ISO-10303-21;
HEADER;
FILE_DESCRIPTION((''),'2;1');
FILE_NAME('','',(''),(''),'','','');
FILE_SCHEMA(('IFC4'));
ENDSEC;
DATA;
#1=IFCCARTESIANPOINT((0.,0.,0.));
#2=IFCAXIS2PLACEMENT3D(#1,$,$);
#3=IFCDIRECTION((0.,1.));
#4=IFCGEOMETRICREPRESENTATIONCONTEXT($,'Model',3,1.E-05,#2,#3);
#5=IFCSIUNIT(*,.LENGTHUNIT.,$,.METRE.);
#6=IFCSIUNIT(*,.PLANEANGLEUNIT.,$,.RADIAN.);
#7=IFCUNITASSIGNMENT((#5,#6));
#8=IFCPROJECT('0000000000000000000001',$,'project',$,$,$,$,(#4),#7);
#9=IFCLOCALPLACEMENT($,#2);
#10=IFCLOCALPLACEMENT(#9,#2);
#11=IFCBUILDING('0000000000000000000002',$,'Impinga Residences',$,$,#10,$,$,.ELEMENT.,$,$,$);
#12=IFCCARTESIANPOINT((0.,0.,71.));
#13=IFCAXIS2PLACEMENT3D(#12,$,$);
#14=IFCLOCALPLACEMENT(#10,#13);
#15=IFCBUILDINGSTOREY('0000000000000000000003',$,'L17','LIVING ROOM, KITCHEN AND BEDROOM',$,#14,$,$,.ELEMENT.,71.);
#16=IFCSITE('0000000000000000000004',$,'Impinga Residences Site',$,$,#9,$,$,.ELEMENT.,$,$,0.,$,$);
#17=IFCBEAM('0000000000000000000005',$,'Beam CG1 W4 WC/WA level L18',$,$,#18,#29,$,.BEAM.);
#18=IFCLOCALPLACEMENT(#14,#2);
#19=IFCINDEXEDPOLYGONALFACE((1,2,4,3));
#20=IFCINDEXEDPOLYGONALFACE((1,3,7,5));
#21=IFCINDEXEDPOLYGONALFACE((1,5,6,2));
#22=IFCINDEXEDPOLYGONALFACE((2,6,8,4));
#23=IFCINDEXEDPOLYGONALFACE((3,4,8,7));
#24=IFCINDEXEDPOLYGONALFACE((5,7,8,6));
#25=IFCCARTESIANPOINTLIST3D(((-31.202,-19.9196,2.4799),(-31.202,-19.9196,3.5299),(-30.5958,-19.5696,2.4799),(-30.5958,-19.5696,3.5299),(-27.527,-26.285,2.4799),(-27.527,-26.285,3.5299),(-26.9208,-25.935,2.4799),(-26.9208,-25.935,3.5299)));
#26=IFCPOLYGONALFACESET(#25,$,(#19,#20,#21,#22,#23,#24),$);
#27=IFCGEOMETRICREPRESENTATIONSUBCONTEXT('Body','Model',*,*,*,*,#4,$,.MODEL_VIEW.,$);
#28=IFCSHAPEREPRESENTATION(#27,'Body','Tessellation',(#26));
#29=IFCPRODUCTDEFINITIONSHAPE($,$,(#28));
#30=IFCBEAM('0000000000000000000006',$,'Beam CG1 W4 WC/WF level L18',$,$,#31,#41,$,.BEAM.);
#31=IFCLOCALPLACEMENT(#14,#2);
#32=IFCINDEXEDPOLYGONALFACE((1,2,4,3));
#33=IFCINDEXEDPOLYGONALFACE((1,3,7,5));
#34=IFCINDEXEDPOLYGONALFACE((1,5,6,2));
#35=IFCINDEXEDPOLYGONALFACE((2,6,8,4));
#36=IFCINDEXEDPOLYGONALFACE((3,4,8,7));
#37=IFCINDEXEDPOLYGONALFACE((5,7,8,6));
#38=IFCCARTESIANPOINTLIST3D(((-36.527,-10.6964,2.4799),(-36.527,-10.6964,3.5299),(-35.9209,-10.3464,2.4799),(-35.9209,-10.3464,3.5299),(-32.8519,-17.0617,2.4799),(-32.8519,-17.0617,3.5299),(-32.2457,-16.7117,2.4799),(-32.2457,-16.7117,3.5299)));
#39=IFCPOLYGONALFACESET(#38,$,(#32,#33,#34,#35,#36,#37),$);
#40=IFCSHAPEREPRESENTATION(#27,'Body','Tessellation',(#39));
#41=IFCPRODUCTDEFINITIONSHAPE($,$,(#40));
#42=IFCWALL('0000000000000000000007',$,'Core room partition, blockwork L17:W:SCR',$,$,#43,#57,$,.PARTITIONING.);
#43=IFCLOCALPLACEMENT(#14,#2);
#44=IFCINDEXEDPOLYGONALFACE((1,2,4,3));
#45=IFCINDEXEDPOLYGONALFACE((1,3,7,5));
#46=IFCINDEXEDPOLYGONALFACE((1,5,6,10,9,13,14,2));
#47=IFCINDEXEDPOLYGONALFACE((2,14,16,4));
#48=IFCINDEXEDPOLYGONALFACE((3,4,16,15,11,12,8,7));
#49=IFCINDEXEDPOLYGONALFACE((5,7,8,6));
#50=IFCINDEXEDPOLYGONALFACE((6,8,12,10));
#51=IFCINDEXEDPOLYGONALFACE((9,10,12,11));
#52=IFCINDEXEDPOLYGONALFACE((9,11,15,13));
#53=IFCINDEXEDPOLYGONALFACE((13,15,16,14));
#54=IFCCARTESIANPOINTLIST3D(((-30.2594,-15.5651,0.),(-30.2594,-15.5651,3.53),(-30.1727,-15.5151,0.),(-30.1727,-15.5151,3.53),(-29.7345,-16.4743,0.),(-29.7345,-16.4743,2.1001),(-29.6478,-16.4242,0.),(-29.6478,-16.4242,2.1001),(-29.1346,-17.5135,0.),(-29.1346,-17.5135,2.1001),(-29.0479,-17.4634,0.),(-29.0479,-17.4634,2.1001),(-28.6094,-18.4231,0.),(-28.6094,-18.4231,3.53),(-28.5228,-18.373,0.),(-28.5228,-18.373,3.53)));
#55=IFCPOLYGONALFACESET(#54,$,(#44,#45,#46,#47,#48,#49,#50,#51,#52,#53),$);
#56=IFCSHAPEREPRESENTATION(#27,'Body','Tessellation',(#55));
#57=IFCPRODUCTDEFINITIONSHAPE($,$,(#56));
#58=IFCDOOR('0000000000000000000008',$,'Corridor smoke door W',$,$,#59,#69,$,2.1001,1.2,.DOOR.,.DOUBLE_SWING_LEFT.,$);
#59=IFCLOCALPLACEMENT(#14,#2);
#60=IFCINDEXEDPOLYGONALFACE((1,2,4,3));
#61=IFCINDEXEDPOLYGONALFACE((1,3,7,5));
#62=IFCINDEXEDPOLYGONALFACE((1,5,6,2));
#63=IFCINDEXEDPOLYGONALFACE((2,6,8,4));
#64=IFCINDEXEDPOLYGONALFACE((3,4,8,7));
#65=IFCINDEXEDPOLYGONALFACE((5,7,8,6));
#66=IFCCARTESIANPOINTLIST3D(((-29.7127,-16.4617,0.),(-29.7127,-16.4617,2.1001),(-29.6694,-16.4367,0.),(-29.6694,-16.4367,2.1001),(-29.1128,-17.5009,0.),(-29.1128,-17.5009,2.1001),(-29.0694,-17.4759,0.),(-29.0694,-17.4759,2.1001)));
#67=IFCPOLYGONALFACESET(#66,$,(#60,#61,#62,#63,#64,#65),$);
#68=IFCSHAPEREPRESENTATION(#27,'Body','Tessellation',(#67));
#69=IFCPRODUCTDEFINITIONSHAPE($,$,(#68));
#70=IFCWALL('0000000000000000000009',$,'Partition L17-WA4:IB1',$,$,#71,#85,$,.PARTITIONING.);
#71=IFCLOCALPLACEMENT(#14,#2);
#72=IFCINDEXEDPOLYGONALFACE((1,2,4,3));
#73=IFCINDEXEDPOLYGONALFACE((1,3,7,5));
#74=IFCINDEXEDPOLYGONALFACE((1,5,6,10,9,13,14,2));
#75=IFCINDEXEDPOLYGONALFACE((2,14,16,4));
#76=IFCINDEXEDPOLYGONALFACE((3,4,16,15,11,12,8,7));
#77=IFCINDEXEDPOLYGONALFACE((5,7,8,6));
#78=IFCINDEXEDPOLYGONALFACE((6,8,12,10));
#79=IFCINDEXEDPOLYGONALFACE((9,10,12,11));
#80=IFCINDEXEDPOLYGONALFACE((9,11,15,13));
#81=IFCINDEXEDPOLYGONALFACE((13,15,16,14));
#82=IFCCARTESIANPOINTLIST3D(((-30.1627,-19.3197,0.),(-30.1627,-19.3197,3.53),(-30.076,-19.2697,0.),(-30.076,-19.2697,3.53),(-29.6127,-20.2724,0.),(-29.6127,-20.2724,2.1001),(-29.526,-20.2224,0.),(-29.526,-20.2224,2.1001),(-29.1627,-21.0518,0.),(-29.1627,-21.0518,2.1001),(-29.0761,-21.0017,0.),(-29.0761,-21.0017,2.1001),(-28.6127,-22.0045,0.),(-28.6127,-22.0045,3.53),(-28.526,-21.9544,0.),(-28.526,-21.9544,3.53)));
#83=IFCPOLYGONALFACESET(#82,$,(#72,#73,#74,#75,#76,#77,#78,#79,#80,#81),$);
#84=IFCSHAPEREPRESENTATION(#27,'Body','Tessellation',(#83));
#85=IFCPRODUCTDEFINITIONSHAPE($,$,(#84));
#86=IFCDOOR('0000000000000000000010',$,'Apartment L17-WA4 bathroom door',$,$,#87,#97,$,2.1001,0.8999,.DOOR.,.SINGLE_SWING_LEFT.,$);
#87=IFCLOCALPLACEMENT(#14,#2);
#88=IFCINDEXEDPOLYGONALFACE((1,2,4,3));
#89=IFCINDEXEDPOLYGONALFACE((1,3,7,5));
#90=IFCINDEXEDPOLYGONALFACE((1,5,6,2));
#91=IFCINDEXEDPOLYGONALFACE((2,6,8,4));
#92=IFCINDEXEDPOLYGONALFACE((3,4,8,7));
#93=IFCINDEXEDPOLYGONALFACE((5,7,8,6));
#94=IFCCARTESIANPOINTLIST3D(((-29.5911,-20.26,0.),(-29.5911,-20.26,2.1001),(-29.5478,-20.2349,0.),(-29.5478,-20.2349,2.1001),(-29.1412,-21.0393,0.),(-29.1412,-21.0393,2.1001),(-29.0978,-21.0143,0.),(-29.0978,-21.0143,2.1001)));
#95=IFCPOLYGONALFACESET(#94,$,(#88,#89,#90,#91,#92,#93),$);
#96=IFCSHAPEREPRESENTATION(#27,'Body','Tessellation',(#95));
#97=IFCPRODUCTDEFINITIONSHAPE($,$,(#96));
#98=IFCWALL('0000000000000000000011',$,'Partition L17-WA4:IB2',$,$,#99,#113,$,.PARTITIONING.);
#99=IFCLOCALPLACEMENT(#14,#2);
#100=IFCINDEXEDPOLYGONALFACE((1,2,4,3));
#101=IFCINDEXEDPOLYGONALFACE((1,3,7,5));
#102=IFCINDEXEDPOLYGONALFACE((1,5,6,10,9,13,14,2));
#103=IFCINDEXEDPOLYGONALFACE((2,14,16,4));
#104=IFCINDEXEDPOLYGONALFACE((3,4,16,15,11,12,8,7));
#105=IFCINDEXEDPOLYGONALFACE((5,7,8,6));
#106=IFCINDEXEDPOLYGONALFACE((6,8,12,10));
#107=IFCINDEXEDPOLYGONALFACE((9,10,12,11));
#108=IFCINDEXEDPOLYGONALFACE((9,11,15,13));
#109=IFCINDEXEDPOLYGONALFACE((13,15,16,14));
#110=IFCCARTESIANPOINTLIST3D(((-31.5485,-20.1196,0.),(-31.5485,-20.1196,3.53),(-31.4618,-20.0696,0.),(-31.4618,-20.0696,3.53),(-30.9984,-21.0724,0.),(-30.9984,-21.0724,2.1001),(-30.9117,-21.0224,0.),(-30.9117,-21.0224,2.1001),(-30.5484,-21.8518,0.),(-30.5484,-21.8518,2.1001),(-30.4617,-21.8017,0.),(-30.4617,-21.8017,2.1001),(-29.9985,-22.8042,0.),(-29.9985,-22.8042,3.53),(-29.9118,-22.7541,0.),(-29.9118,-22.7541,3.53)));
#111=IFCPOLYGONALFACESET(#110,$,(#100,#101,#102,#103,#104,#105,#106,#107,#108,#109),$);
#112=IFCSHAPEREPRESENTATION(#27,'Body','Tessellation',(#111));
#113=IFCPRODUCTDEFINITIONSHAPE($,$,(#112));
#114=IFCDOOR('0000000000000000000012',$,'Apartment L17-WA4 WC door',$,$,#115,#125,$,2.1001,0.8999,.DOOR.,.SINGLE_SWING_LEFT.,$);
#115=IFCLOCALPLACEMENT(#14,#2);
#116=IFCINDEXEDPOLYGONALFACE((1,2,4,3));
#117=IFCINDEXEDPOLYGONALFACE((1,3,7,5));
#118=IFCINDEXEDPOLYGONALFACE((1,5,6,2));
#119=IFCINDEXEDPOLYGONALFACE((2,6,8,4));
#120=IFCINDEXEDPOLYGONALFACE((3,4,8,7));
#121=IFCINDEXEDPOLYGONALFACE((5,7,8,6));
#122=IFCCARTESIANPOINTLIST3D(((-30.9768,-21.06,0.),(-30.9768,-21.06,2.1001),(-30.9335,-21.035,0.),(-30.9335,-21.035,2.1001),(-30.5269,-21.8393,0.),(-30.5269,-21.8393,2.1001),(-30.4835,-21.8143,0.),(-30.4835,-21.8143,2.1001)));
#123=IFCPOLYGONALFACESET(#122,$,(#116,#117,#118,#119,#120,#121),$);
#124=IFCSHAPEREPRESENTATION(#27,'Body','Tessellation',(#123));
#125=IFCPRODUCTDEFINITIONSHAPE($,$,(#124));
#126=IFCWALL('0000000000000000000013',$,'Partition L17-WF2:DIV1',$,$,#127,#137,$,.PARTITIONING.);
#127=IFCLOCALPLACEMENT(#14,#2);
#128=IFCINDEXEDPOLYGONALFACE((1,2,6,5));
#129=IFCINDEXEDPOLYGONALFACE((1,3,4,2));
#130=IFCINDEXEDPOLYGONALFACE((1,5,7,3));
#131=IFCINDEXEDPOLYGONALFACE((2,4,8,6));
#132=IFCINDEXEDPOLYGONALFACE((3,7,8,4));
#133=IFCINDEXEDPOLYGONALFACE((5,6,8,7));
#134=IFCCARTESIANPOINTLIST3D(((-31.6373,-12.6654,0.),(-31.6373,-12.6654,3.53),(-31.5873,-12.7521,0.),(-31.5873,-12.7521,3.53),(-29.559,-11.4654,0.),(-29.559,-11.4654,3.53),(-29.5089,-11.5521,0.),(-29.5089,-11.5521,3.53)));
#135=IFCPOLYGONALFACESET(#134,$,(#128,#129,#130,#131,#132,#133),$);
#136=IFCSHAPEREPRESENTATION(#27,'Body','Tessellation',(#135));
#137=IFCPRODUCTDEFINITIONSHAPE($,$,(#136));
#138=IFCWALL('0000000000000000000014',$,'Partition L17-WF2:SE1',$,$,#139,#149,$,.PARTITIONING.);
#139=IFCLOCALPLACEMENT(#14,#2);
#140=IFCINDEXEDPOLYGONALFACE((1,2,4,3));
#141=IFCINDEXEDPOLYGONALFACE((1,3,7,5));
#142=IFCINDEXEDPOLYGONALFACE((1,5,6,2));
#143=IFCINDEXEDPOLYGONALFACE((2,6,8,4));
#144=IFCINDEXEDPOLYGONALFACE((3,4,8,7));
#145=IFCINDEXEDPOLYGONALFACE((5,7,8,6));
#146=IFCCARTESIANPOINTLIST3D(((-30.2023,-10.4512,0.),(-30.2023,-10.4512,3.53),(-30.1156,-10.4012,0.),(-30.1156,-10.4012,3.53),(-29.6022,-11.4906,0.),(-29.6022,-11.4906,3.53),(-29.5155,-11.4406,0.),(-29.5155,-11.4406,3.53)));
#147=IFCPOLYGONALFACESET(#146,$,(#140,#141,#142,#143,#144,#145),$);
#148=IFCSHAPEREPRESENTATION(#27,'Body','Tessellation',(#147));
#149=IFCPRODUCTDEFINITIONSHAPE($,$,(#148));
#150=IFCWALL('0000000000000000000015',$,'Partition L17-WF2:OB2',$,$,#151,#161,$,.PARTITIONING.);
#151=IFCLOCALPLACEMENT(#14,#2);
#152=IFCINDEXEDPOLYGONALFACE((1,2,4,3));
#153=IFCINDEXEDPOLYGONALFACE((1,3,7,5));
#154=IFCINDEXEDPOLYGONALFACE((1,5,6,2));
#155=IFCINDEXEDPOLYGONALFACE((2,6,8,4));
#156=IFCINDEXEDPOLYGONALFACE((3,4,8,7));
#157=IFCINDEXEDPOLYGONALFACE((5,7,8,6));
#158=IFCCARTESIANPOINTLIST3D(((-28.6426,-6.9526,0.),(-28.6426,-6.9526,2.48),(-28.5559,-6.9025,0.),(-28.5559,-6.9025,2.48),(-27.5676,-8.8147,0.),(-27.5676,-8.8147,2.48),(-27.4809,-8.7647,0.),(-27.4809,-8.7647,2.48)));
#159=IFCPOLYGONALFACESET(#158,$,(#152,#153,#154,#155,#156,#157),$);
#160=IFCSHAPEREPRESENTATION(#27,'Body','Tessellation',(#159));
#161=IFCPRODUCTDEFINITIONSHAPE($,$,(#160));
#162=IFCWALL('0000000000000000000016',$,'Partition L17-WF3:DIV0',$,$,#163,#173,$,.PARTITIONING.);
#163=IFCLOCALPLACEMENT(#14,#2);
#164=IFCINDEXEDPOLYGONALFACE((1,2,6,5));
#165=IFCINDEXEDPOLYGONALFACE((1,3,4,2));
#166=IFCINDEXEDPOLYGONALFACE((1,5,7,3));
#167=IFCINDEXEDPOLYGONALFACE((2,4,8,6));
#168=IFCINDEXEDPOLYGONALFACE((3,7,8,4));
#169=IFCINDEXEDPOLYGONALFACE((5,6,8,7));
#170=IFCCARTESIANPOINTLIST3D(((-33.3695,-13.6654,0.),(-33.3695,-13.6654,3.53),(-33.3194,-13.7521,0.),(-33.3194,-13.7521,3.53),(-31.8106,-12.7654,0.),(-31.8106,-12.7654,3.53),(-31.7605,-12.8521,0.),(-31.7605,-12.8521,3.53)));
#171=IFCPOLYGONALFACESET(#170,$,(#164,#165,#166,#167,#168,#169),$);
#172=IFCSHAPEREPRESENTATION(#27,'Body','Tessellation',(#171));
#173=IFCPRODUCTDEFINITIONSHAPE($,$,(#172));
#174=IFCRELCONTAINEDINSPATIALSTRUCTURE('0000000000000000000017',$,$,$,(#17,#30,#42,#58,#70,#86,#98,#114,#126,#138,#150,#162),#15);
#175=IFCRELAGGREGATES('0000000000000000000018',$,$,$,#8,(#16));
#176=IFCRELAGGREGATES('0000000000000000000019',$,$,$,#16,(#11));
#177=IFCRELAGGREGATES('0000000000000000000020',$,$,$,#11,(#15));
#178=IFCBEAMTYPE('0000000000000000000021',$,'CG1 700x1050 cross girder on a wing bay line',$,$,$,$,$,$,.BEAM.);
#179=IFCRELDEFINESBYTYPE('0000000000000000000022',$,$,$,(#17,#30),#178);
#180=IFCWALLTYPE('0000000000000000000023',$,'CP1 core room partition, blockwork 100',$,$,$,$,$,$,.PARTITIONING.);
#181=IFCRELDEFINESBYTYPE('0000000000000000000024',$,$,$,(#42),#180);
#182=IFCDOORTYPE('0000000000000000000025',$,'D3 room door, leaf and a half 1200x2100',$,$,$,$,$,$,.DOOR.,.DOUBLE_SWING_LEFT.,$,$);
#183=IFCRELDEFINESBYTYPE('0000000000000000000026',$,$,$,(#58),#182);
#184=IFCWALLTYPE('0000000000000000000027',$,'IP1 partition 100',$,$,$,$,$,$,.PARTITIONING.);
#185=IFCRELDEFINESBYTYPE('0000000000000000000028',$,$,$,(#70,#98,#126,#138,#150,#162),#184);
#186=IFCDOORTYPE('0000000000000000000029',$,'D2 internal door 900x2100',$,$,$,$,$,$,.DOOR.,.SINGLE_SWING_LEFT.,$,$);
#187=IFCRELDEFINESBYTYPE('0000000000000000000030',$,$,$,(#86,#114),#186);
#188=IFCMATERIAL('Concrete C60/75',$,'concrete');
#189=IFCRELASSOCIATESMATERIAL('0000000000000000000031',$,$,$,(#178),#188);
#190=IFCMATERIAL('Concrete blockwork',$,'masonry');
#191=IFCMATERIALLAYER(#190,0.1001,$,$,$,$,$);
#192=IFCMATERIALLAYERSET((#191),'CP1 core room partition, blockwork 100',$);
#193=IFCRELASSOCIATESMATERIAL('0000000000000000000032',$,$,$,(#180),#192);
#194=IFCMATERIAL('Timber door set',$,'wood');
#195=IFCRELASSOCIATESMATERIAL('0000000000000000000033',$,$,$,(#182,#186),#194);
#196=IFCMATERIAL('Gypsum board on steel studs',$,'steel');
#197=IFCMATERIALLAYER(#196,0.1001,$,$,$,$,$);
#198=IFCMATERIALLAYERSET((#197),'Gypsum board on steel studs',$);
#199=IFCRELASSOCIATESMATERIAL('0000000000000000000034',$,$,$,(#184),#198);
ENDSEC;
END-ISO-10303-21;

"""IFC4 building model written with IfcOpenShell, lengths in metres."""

from ifc_helpers import new_model, si_unit, direction, frame, frame_2d, origin, origin_2d, place, context, subcontext, project, spatial, rectangle, extrude, material, layer, layer_set, material_profile, profile_set, type_object, element, fill, save


model = new_model("IFC4")

# Units and contexts
model_context = context("Model", 3, precision=1e-05, world=origin(), true_north=direction((0.0, 1.0)))
body_context = subcontext(model_context, "Body", "Model", "MODEL_VIEW")
ifc_project = project(units=[si_unit("LENGTHUNIT", "METRE"), si_unit("PLANEANGLEUNIT", "RADIAN")], contexts=[model_context])

# Site, building, storey
site_placement = place(None, origin())
site = spatial("IfcSite", under=ifc_project, at=site_placement, Name="Impinga Residences Site", CompositionType="ELEMENT", RefElevation=0.0)
building_placement = place(site_placement, origin())
building = spatial("IfcBuilding", under=site, at=building_placement, Name="Impinga Residences", CompositionType="ELEMENT")
storey_placement = place(building_placement, frame((0.0, 0.0, 71.0)))
storey = spatial("IfcBuildingStorey", under=building, at=storey_placement, Name="L17", Description="LIVING ROOM, KITCHEN AND BEDROOM", CompositionType="ELEMENT", Elevation=71.0)

# Beams
ifc_material_1 = material(Name="Concrete C60/75", Category="concrete")
ifc_material_profile = material_profile(ifc_material_1, rectangle(XDim=0.7, YDim=1.05, at=origin_2d()), Name="RC 700x1050")
ifc_profile_set = profile_set([ifc_material_profile], Name="Concrete C60/75")
beam_type = type_object("IfcBeamType", Name="CG1 700x1050 cross girder on a wing bay line", PredefinedType="BEAM", material=ifc_profile_set)
for number, where, z_axis, x_axis, name in (
    (1, (-30.8989, -19.7446, 3.0049), (0.499994, -0.866029, 0.0), (0.866029, 0.499994, 0.0), "Beam CG1 W4 WC/WA level L18"),
    (2, (-32.5488, -16.8867, 3.0049), (-0.500008, 0.866021, 0.0), (-0.866021, -0.500008, 0.0), "Beam CG1 W4 WC/WF level L18"),
):
    element("IfcBeam", number, at=place(storey_placement, frame(where, z_axis=z_axis, x_axis=x_axis)), inside=storey, type_object=beam_type, Name=name, PredefinedType="BEAM", context=body_context, shape_type="SweptSolid", body=[
        extrude(rectangle(XDim=0.7, YDim=1.05, at=origin_2d()), origin(), (0.0, 0.0, 1.0), 7.3501),
    ])

# Walls, openings, doors
ifc_material_2 = material(Name="Concrete blockwork", Category="masonry")
ifc_layer_1 = layer(ifc_material_2, 0.1001)
ifc_layer_set_1 = layer_set([ifc_layer_1], Name="CP1 core room partition, blockwork 100")
wall_type_1 = type_object("IfcWallType", Name="CP1 core room partition, blockwork 100", PredefinedType="PARTITIONING", material=ifc_layer_set_1)
wall_1_placement = place(storey_placement, frame((-28.5662, -18.3979, 0.0), z_axis=(0.0, 0.0, 1.0), x_axis=(-0.499974, 0.86604, 0.0)))
wall_1 = element("IfcWall", 3, at=wall_1_placement, inside=storey, type_object=wall_type_1, Name="Core room partition, blockwork L17:W:SCR", PredefinedType="PARTITIONING", context=body_context, shape_type="SweptSolid", body=[
    extrude(rectangle(XDim=3.3, YDim=0.1001, at=frame_2d((1.6499, 0.0))), origin(), (0.0, 0.0, 1.0), 3.53),
])
opening_1_placement = place(wall_1_placement, frame((1.05, 0.0, 0.0)))
opening_1 = element("IfcOpeningElement", 4, at=opening_1_placement, cuts=wall_1, PredefinedType="OPENING", context=body_context, shape_type="SweptSolid", body=[
    extrude(rectangle(XDim=1.2, YDim=2.1001, at=frame_2d((0.6001, 1.05))), frame((0.0, 0.0601, 0.0), z_axis=(0.0, -1.0, 0.0), x_axis=(1.0, 0.0, 0.0)), (0.0, 0.0, 1.0), 0.1201),
])
ifc_material_3 = material(Name="Timber door set", Category="wood")
door_type_1 = type_object("IfcDoorType", Name="D3 room door, leaf and a half 1200x2100", OperationType="DOUBLE_SWING_LEFT", PredefinedType="DOOR", material=ifc_material_3)
door_1_placement = place(opening_1_placement, origin())
door_1 = element("IfcDoor", 5, at=door_1_placement, inside=storey, type_object=door_type_1, Name="Corridor smoke door W", OperationType="DOUBLE_SWING_LEFT", OverallHeight=2.1001, OverallWidth=1.2, PredefinedType="DOOR", context=body_context, shape_type="SweptSolid", body=[
    extrude(rectangle(XDim=1.2, YDim=2.1001, at=frame_2d((0.6001, 1.05))), frame((0.0, 0.0249, 0.0), z_axis=(0.0, -1.0, 0.0), x_axis=(1.0, 0.0, 0.0)), (0.0, 0.0, 1.0), 0.05),
])
fill(opening_1, door_1)
ifc_material_4 = material(Name="Gypsum board on steel studs", Category="steel")
ifc_layer_2 = layer(ifc_material_4, 0.1001)
ifc_layer_set_2 = layer_set([ifc_layer_2], Name="Gypsum board on steel studs")
wall_type_2 = type_object("IfcWallType", Name="IP1 partition 100", PredefinedType="PARTITIONING", material=ifc_layer_set_2)
wall_2_placement = place(storey_placement, frame((-30.1194, -19.2947, 0.0), z_axis=(0.0, 0.0, 1.0), x_axis=(0.499993, -0.86603, 0.0)))
wall_2 = element("IfcWall", 6, at=wall_2_placement, inside=storey, type_object=wall_type_2, Name="Partition L17-WA4:IB1", PredefinedType="PARTITIONING", context=body_context, shape_type="SweptSolid", body=[
    extrude(rectangle(XDim=3.1001, YDim=0.1001, at=frame_2d((1.55, 0.0))), origin(), (0.0, 0.0, 1.0), 3.53),
])
opening_2_placement = place(wall_2_placement, frame((1.1001, 0.0, 0.0)))
opening_2 = element("IfcOpeningElement", 7, at=opening_2_placement, cuts=wall_2, PredefinedType="OPENING", context=body_context, shape_type="SweptSolid", body=[
    extrude(rectangle(XDim=0.8999, YDim=2.1001, at=frame_2d((0.45, 1.05))), frame((0.0, 0.0601, 0.0), z_axis=(0.0, -1.0, 0.0), x_axis=(1.0, 0.0, 0.0)), (0.0, 0.0, 1.0), 0.1201),
])
door_type_2 = type_object("IfcDoorType", Name="D2 internal door 900x2100", OperationType="SINGLE_SWING_LEFT", PredefinedType="DOOR", material=ifc_material_3)
door_2_placement = place(opening_2_placement, origin())
door_2 = element("IfcDoor", 8, at=door_2_placement, inside=storey, type_object=door_type_2, Name="Apartment L17-WA4 bathroom door", OperationType="SINGLE_SWING_LEFT", OverallHeight=2.1001, OverallWidth=0.8999, PredefinedType="DOOR", context=body_context, shape_type="SweptSolid", body=[
    extrude(rectangle(XDim=0.8999, YDim=2.1001, at=frame_2d((0.45, 1.05))), frame((0.0, 0.0249, 0.0), z_axis=(0.0, -1.0, 0.0), x_axis=(1.0, 0.0, 0.0)), (0.0, 0.0, 1.0), 0.05),
])
fill(opening_2, door_2)
wall_3_placement = place(storey_placement, frame((-31.5051, -20.0947, 0.0), z_axis=(0.0, 0.0, 1.0), x_axis=(0.500027, -0.86601, 0.0)))
wall_3 = element("IfcWall", 9, at=wall_3_placement, inside=storey, type_object=wall_type_2, Name="Partition L17-WA4:IB2", PredefinedType="PARTITIONING", context=body_context, shape_type="SweptSolid", body=[
    extrude(rectangle(XDim=3.0999, YDim=0.1001, at=frame_2d((1.5498, 0.0))), origin(), (0.0, 0.0, 1.0), 3.53),
])
opening_3_placement = place(wall_3_placement, frame((1.1001, 0.0, 0.0)))
opening_3 = element("IfcOpeningElement", 10, at=opening_3_placement, cuts=wall_3, PredefinedType="OPENING", context=body_context, shape_type="SweptSolid", body=[
    extrude(rectangle(XDim=0.8999, YDim=2.1001, at=frame_2d((0.45, 1.05))), frame((0.0, 0.0601, 0.0), z_axis=(0.0, -1.0, 0.0), x_axis=(1.0, 0.0, 0.0)), (0.0, 0.0, 1.0), 0.1201),
])
door_3_placement = place(opening_3_placement, origin())
door_3 = element("IfcDoor", 11, at=door_3_placement, inside=storey, type_object=door_type_2, Name="Apartment L17-WA4 WC door", OperationType="SINGLE_SWING_LEFT", OverallHeight=2.1001, OverallWidth=0.8999, PredefinedType="DOOR", context=body_context, shape_type="SweptSolid", body=[
    extrude(rectangle(XDim=0.8999, YDim=2.1001, at=frame_2d((0.45, 1.05))), frame((0.0, 0.0249, 0.0), z_axis=(0.0, -1.0, 0.0), x_axis=(1.0, 0.0, 0.0)), (0.0, 0.0, 1.0), 0.05),
])
fill(opening_3, door_3)

# Walls
wall_4_placement = place(storey_placement, frame((-29.5339, -11.5088, 0.0), z_axis=(0.0, 0.0, 1.0), x_axis=(-0.866025, -0.500001, 0.0)))
element("IfcWall", 12, at=wall_4_placement, inside=storey, type_object=wall_type_2, Name="Partition L17-WF2:DIV1", PredefinedType="PARTITIONING", context=body_context, shape_type="SweptSolid", body=[
    extrude(rectangle(XDim=2.3999, YDim=0.1001, at=frame_2d((1.2, 0.0))), origin(), (0.0, 0.0, 1.0), 3.53),
])
wall_5_placement = place(storey_placement, frame((-29.5588, -11.4656, 0.0), z_axis=(0.0, 0.0, 1.0), x_axis=(-0.500034, 0.866006, 0.0)))
element("IfcWall", 13, at=wall_5_placement, inside=storey, type_object=wall_type_2, Name="Partition L17-WF2:SE1", PredefinedType="PARTITIONING", context=body_context, shape_type="SweptSolid", body=[
    extrude(rectangle(XDim=1.2002, YDim=0.1001, at=frame_2d((0.6001, 0.0))), origin(), (0.0, 0.0, 1.0), 3.53),
])
wall_6_placement = place(storey_placement, frame((-27.5242, -8.7898, 0.0), z_axis=(0.0, 0.0, 1.0), x_axis=(-0.499962, 0.866048, 0.0)))
element("IfcWall", 14, at=wall_6_placement, inside=storey, type_object=wall_type_2, Name="Partition L17-WF2:OB2", PredefinedType="PARTITIONING", context=body_context, shape_type="SweptSolid", body=[
    extrude(rectangle(XDim=2.1501, YDim=0.1001, at=frame_2d((1.0752, 0.0))), origin(), (0.0, 0.0, 1.0), 2.48),
])
wall_7_placement = place(storey_placement, frame((-31.7856, -12.8088, 0.0), z_axis=(0.0, 0.0, 1.0), x_axis=(-0.866048, -0.499961, 0.0)))
element("IfcWall", 15, at=wall_7_placement, inside=storey, type_object=wall_type_2, Name="Partition L17-WF3:DIV0", PredefinedType="PARTITIONING", context=body_context, shape_type="SweptSolid", body=[
    extrude(rectangle(XDim=1.8, YDim=0.1001, at=frame_2d((0.8999, 0.0))), origin(), (0.0, 0.0, 1.0), 3.53),
])

save(model, "model.ifc")
